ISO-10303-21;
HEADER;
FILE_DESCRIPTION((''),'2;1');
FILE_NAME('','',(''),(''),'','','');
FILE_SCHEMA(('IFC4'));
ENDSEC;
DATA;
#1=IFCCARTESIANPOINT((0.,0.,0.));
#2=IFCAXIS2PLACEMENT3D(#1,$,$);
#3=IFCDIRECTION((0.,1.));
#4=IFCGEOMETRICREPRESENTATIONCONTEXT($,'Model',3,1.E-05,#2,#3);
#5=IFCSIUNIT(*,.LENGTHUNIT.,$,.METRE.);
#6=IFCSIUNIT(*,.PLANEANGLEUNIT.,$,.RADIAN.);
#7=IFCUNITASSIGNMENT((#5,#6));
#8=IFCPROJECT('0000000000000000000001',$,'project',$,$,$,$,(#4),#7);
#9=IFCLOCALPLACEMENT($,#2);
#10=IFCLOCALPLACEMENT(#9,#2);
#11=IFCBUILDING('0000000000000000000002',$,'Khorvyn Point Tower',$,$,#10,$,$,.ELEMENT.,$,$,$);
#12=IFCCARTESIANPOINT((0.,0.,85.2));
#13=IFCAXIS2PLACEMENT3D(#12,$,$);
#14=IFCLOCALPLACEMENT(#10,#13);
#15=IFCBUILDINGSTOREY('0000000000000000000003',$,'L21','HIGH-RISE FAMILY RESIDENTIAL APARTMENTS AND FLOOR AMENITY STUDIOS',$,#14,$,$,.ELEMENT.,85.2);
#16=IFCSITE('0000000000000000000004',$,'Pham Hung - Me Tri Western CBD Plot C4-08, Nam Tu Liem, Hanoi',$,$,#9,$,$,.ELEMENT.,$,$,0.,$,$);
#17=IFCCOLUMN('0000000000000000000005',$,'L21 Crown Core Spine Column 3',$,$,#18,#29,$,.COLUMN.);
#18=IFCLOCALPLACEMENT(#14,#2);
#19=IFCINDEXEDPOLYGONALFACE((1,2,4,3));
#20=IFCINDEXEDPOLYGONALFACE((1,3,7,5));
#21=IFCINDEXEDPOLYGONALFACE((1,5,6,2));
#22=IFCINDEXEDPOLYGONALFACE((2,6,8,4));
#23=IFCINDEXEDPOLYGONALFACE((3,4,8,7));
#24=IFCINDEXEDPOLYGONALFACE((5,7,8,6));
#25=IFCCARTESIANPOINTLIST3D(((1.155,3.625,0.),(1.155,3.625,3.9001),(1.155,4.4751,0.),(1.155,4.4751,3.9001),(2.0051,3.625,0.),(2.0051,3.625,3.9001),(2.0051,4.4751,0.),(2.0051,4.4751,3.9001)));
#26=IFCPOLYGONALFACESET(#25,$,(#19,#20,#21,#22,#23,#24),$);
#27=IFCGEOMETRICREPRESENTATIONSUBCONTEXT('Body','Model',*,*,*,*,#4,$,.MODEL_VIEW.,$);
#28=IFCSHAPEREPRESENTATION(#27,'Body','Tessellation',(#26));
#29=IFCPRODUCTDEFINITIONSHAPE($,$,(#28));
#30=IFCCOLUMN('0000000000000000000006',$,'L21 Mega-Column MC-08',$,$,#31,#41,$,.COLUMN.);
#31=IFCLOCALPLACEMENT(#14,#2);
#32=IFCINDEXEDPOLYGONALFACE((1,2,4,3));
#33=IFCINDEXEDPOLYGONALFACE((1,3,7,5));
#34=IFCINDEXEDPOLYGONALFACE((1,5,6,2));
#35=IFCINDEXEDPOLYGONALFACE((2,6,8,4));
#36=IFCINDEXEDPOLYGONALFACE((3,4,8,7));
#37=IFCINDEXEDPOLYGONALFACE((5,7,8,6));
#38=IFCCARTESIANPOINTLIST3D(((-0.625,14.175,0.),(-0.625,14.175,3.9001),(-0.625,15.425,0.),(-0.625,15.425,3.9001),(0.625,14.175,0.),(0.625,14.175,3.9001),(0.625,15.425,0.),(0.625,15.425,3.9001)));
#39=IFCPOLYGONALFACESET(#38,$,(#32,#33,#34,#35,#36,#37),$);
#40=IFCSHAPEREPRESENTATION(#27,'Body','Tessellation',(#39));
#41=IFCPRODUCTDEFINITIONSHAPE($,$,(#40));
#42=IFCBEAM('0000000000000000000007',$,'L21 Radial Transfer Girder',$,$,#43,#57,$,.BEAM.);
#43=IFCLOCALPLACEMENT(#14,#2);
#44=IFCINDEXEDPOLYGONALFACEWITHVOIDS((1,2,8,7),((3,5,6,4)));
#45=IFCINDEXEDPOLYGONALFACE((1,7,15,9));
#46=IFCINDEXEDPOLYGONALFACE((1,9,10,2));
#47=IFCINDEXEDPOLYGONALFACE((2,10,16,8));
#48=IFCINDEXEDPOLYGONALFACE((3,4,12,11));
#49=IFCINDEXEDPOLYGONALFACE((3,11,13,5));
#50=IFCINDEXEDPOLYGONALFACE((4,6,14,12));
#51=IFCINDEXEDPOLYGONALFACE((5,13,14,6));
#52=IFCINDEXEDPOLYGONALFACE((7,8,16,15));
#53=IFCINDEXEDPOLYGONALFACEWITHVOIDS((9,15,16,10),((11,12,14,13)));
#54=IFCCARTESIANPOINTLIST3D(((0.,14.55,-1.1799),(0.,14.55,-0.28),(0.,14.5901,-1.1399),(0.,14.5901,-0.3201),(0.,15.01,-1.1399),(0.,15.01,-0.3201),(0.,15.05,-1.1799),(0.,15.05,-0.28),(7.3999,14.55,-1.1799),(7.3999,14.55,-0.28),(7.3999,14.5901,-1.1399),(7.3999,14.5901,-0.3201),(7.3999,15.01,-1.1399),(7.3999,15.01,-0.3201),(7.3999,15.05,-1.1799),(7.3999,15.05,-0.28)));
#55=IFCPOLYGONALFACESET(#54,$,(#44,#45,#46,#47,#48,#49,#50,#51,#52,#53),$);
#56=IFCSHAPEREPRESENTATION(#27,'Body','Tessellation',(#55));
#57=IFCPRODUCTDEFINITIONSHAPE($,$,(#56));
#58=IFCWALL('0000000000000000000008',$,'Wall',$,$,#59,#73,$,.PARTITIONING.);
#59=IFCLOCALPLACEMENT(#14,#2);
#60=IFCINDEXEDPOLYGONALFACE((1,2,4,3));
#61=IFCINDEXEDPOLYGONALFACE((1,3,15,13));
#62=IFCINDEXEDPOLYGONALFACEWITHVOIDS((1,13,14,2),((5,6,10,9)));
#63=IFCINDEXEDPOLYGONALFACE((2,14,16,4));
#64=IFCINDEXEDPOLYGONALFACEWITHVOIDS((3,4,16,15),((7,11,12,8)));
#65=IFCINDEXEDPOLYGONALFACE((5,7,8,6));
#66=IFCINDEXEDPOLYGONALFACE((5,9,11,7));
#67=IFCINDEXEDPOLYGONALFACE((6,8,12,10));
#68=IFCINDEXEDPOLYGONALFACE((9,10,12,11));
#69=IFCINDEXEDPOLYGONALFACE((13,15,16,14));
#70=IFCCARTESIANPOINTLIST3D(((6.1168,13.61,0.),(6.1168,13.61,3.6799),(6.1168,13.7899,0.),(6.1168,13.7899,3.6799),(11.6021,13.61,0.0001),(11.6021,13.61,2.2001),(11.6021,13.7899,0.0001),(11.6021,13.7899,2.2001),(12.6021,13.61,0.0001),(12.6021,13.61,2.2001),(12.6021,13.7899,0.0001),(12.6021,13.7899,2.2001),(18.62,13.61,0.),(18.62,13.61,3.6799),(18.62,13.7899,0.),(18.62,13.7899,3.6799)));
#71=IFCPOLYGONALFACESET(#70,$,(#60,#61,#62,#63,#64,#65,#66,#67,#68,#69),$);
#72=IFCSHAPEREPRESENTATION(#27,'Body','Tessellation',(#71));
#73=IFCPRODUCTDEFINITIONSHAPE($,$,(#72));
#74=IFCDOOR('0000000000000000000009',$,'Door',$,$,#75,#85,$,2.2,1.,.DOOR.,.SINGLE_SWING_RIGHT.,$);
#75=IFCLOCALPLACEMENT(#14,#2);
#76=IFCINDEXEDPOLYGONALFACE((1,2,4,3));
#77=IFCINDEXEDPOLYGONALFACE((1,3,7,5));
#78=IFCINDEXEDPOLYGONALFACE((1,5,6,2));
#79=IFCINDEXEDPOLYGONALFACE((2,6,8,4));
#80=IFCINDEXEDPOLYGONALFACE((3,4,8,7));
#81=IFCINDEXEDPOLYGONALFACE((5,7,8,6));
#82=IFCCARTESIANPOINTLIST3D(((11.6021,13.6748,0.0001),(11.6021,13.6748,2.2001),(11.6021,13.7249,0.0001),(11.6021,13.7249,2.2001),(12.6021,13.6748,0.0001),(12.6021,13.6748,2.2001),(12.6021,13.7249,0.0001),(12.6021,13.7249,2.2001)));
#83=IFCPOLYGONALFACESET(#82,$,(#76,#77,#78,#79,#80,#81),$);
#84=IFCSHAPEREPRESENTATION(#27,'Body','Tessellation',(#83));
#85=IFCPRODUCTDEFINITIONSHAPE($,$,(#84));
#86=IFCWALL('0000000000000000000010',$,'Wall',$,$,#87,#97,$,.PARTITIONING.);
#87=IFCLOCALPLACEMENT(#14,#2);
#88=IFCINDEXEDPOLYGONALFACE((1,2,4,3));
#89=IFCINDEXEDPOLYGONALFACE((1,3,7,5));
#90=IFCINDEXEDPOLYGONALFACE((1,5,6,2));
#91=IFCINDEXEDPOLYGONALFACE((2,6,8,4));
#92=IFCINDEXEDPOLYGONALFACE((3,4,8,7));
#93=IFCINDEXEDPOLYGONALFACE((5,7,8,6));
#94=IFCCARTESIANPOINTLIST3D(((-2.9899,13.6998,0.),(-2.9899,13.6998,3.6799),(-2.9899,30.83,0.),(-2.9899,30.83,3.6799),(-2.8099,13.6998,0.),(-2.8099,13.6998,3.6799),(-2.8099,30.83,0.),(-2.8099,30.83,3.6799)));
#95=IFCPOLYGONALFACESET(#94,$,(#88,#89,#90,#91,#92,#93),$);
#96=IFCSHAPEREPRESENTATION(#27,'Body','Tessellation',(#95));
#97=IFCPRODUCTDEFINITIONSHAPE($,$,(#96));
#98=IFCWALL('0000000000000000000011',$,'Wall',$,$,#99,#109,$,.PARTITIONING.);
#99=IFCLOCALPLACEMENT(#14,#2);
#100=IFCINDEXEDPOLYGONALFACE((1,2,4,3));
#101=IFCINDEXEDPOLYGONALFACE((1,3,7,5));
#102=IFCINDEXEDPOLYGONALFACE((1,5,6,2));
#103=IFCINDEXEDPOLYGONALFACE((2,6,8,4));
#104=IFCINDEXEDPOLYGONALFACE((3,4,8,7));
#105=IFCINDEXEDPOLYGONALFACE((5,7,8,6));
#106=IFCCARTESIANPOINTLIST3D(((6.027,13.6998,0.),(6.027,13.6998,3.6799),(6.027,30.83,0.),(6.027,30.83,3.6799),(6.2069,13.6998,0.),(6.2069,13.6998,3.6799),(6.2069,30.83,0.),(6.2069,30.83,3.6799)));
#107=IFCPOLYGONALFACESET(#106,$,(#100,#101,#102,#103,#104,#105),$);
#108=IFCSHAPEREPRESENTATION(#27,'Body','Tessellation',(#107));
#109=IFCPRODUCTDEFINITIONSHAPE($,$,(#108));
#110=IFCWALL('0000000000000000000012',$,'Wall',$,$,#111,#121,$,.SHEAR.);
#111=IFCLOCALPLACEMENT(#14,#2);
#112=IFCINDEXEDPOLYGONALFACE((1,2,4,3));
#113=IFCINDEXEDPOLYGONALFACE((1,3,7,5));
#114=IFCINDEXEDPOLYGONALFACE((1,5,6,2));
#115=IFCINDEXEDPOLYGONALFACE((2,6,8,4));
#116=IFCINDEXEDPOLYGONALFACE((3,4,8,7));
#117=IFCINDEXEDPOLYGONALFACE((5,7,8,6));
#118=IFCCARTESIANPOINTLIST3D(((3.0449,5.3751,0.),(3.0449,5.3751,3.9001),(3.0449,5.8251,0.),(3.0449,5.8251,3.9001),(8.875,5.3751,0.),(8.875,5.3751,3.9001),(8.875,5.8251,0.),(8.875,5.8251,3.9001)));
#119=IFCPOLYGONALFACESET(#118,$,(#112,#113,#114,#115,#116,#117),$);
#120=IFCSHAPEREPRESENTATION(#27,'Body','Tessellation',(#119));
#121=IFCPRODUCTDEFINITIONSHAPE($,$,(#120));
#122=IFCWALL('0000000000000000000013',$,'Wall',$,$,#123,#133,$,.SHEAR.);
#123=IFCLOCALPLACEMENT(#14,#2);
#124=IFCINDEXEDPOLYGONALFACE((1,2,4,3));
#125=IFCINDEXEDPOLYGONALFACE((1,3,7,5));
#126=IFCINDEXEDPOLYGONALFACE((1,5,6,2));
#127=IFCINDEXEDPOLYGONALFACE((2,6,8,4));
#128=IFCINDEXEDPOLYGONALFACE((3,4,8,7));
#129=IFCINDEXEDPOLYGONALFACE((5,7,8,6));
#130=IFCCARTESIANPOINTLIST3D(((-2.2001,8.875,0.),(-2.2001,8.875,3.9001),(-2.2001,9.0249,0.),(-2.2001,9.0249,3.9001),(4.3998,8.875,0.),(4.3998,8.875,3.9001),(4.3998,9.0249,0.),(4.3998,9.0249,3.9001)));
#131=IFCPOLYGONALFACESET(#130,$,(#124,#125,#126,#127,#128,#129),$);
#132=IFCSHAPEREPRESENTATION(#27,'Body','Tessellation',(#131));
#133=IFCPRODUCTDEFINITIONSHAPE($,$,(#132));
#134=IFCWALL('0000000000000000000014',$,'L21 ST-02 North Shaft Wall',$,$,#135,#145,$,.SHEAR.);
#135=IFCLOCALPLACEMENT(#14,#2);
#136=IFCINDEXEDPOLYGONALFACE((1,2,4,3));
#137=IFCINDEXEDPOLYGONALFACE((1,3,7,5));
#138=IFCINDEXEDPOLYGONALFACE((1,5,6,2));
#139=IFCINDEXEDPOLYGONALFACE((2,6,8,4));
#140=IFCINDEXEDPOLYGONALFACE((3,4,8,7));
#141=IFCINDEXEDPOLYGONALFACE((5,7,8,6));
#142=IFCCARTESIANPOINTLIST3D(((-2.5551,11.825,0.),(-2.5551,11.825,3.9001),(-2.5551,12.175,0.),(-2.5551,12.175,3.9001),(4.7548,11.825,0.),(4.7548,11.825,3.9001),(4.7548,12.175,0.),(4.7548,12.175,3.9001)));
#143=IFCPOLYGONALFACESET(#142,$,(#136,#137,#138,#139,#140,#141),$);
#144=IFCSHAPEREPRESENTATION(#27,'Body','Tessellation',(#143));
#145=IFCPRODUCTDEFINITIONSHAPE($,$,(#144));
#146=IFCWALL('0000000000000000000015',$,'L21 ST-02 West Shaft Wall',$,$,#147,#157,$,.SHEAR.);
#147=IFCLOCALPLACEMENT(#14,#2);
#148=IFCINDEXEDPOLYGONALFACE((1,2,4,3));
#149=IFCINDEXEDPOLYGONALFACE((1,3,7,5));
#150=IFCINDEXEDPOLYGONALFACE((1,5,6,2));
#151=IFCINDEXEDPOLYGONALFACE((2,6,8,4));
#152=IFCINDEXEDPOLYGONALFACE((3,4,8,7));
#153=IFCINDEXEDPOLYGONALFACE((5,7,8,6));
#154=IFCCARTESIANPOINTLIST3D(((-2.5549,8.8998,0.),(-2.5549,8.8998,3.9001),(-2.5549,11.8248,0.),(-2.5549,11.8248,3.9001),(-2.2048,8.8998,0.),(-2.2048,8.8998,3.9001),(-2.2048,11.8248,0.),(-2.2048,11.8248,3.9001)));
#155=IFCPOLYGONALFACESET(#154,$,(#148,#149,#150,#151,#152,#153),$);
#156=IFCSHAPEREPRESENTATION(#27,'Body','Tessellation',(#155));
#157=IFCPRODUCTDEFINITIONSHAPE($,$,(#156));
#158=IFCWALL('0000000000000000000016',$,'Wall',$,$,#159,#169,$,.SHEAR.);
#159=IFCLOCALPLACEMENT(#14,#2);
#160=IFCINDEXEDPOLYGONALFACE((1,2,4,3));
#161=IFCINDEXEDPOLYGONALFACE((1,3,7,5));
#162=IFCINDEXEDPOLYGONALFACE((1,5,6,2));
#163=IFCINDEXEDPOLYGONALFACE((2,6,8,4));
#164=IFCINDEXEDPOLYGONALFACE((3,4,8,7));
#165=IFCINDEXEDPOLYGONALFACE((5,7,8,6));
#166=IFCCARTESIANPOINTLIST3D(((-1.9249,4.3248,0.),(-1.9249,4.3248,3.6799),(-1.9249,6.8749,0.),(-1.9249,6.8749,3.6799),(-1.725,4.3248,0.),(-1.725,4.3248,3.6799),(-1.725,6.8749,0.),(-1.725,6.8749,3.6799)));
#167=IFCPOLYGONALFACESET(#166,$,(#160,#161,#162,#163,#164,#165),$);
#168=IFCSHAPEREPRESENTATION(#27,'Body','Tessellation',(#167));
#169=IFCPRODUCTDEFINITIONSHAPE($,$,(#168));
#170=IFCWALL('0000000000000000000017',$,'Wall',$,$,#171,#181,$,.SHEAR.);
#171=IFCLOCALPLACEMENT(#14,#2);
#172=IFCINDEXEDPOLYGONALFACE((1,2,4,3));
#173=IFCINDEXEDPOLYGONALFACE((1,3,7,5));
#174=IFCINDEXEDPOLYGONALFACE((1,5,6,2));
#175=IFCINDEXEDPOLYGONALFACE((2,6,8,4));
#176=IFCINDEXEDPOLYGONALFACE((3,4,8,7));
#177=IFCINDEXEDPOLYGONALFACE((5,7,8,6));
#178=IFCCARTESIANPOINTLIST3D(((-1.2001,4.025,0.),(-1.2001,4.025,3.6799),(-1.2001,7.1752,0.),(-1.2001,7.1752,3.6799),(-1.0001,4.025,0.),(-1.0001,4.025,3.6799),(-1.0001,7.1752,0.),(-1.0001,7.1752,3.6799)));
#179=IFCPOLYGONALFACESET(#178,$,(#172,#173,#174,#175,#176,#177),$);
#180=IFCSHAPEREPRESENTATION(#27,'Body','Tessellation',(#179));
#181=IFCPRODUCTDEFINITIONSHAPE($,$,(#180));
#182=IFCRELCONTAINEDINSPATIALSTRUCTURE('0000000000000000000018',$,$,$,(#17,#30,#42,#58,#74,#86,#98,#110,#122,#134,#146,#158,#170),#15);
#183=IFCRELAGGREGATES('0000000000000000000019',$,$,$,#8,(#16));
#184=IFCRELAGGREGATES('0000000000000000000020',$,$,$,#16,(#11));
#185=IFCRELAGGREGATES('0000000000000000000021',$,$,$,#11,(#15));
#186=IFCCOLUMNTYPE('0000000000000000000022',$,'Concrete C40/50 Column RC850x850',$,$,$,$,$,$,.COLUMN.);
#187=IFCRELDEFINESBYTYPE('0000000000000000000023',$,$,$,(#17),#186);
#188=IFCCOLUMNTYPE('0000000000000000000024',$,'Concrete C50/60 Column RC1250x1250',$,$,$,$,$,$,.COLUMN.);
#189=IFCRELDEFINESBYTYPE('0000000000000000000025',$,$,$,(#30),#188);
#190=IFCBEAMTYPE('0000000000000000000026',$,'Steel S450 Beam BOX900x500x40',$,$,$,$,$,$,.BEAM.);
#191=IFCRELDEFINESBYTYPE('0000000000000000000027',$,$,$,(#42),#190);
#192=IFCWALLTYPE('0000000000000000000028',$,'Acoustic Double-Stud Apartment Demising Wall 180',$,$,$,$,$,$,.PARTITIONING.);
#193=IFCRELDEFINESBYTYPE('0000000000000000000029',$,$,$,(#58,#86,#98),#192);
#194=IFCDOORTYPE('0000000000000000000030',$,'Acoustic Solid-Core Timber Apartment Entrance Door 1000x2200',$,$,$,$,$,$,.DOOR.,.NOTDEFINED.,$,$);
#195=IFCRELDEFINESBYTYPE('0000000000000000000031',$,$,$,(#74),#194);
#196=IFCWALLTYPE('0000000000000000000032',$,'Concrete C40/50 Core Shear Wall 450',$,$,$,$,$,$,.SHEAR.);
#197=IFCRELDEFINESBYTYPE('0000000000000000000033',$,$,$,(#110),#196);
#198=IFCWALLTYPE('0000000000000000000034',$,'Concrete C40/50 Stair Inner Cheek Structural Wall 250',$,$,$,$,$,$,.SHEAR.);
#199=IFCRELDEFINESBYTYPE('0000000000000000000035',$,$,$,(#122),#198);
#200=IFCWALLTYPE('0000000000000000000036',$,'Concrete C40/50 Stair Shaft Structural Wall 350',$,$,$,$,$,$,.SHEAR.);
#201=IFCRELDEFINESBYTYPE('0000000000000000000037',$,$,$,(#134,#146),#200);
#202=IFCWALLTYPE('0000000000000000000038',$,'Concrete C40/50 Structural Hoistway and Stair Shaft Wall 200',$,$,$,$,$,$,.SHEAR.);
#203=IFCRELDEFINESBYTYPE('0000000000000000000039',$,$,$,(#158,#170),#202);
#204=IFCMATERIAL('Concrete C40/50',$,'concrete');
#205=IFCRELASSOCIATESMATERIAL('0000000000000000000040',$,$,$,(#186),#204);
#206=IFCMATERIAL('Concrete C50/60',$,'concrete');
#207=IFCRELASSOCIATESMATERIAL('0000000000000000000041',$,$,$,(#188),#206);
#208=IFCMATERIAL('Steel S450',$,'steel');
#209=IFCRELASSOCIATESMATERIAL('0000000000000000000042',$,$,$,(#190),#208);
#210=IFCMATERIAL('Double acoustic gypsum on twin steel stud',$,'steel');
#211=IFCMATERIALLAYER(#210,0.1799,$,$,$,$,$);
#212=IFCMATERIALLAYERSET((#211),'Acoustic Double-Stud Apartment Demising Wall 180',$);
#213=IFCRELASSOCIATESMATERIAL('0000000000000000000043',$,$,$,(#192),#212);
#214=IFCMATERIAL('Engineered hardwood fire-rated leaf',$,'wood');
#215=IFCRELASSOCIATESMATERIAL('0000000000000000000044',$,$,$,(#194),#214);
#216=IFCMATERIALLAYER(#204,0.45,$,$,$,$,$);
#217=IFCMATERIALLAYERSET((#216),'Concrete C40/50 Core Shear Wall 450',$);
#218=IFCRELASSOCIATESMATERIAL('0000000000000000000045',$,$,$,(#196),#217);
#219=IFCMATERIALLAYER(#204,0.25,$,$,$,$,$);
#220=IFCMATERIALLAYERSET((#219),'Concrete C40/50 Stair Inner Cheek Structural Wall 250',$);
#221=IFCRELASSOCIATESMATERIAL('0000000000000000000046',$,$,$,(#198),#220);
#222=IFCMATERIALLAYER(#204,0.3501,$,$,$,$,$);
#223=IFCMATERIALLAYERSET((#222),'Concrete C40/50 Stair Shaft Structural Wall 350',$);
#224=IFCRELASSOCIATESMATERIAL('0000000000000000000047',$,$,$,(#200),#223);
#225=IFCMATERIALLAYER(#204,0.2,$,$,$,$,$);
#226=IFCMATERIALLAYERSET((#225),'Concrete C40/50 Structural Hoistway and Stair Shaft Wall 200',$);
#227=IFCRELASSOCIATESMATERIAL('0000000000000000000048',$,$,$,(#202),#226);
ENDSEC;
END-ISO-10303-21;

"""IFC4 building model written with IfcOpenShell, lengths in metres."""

from ifc_helpers import new_model, si_unit, direction, frame, frame_2d, origin, origin_2d, place, context, subcontext, project, spatial, rectangle, hollow_rectangle, extrude, material, layer, layer_set, material_profile, profile_set, type_object, element, fill, save


model = new_model("IFC4")

# Units and contexts
model_context = context("Model", 3, precision=1e-05, world=origin(), true_north=direction((0.0, 1.0)))
body_context = subcontext(model_context, "Body", "Model", "MODEL_VIEW")
ifc_project = project(units=[si_unit("LENGTHUNIT", "METRE"), si_unit("PLANEANGLEUNIT", "RADIAN")], contexts=[model_context])

# Site, building, storey
site_placement = place(None, origin())
site = spatial("IfcSite", under=ifc_project, at=site_placement, Name="Pham Hung - Me Tri Western CBD Plot C4-08, Nam Tu Liem, Hanoi", CompositionType="ELEMENT", RefElevation=0.0)
building_placement = place(site_placement, origin())
building = spatial("IfcBuilding", under=site, at=building_placement, Name="Khorvyn Point Tower", CompositionType="ELEMENT")
storey_placement = place(building_placement, frame((0.0, 0.0, 85.2)))
storey = spatial("IfcBuildingStorey", under=building, at=storey_placement, Name="L21", Description="HIGH-RISE FAMILY RESIDENTIAL APARTMENTS AND FLOOR AMENITY STUDIOS", CompositionType="ELEMENT", Elevation=85.2)

# Columns
ifc_material_1 = material(Name="Concrete C40/50", Category="concrete")
ifc_material_profile_1 = material_profile(ifc_material_1, rectangle(XDim=0.8501, YDim=0.8501, at=origin_2d()))
ifc_profile_set_1 = profile_set([ifc_material_profile_1], Name="Concrete C40/50 RC850x850")
column_type_1 = type_object("IfcColumnType", Name="Concrete C40/50 Column RC850x850", PredefinedType="COLUMN", material=ifc_profile_set_1)
column_1_placement = place(storey_placement, frame((1.5801, 4.05, 0.0), z_axis=(0.0, 0.0, 1.0), x_axis=(1.0, 0.0, 0.0)))
element("IfcColumn", 1, at=column_1_placement, inside=storey, type_object=column_type_1, Name="L21 Crown Core Spine Column 3", PredefinedType="COLUMN", context=body_context, shape_type="SweptSolid", body=[
    extrude(rectangle(XDim=0.8501, YDim=0.8501, at=origin_2d()), origin(), (0.0, 0.0, 1.0), 3.9001),
])
ifc_material_2 = material(Name="Concrete C50/60", Category="concrete")
ifc_material_profile_2 = material_profile(ifc_material_2, rectangle(XDim=1.25, YDim=1.25, at=origin_2d()))
ifc_profile_set_2 = profile_set([ifc_material_profile_2], Name="Concrete C50/60 RC1250x1250")
column_type_2 = type_object("IfcColumnType", Name="Concrete C50/60 Column RC1250x1250", PredefinedType="COLUMN", material=ifc_profile_set_2)
column_2_placement = place(storey_placement, frame((0.0, 14.8, 0.0), z_axis=(0.0, 0.0, 1.0), x_axis=(1.0, 0.0, 0.0)))
element("IfcColumn", 2, at=column_2_placement, inside=storey, type_object=column_type_2, Name="L21 Mega-Column MC-08", PredefinedType="COLUMN", context=body_context, shape_type="SweptSolid", body=[
    extrude(rectangle(XDim=1.25, YDim=1.25, at=origin_2d()), origin(), (0.0, 0.0, 1.0), 3.9001),
])

# Beam
ifc_material_3 = material(Name="Steel S450", Category="steel")
ifc_material_profile_3 = material_profile(ifc_material_3, hollow_rectangle(XDim=0.5, YDim=0.8999, WallThickness=0.04, at=origin_2d()))
ifc_profile_set_3 = profile_set([ifc_material_profile_3], Name="Steel S450 BOX900x500x40")
beam_type = type_object("IfcBeamType", Name="Steel S450 Beam BOX900x500x40", PredefinedType="BEAM", material=ifc_profile_set_3)
beam_placement = place(storey_placement, frame((0.0, 14.8, -0.73), z_axis=(1.0, 0.0, 0.0), x_axis=(0.0, 1.0, 0.0)))
element("IfcBeam", 3, at=beam_placement, inside=storey, type_object=beam_type, Name="L21 Radial Transfer Girder", PredefinedType="BEAM", context=body_context, shape_type="SweptSolid", body=[
    extrude(hollow_rectangle(XDim=0.5, YDim=0.8999, WallThickness=0.04, at=origin_2d()), origin(), (0.0, 0.0, 1.0), 7.3999),
])

# Wall, opening, door
ifc_material_4 = material(Name="Double acoustic gypsum on twin steel stud", Category="steel")
ifc_layer_1 = layer(ifc_material_4, 0.1799)
ifc_layer_set_1 = layer_set([ifc_layer_1], Name="Acoustic Double-Stud Apartment Demising Wall 180")
wall_type_1 = type_object("IfcWallType", Name="Acoustic Double-Stud Apartment Demising Wall 180", PredefinedType="PARTITIONING", material=ifc_layer_set_1)
wall_1_placement = place(storey_placement, frame((6.1169, 13.7, 0.0), z_axis=(0.0, 0.0, 1.0), x_axis=(1.0, 0.0, 0.0)))
wall_1 = element("IfcWall", 4, at=wall_1_placement, inside=storey, type_object=wall_type_1, Name="Wall", PredefinedType="PARTITIONING", context=body_context, shape_type="SweptSolid", body=[
    extrude(rectangle(XDim=12.5032, YDim=0.1799, at=frame_2d((6.2515, 0.0))), origin(), (0.0, 0.0, 1.0), 3.6799),
])
opening_1_placement = place(wall_1_placement, frame((5.4851, 0.0, 0.0)))
opening_1 = element("IfcOpeningElement", 5, at=opening_1_placement, cuts=wall_1, PredefinedType="OPENING", context=body_context, shape_type="SweptSolid", body=[
    extrude(rectangle(XDim=1.0, YDim=2.2, at=frame_2d((0.5, 1.1001))), frame((0.0, 0.0999, 0.0), z_axis=(0.0, -1.0, 0.0), x_axis=(1.0, 0.0, 0.0)), (0.0, 0.0, 1.0), 0.2),
])
ifc_material_5 = material(Name="Engineered hardwood fire-rated leaf", Category="wood")
door_type_1 = type_object("IfcDoorType", Name="Acoustic Solid-Core Timber Apartment Entrance Door 1000x2200", OperationType="NOTDEFINED", PredefinedType="DOOR", material=ifc_material_5)
door_1_placement = place(opening_1_placement, origin())
door_1 = element("IfcDoor", 6, at=door_1_placement, inside=storey, type_object=door_type_1, Name="Door", OperationType="SINGLE_SWING_RIGHT", OverallHeight=2.2, OverallWidth=1.0, PredefinedType="DOOR", context=body_context, shape_type="SweptSolid", body=[
    extrude(rectangle(XDim=1.0, YDim=2.2, at=frame_2d((0.5, 1.1001))), frame((0.0, 0.0249, 0.0), z_axis=(0.0, -1.0, 0.0), x_axis=(1.0, 0.0, 0.0)), (0.0, 0.0, 1.0), 0.05),
])
fill(opening_1, door_1)

# Walls
for number, where, z_axis, x_axis, name in (
    (7, (-2.8999, 13.7, 0.0), (0.0, 0.0, 1.0), (0.0, 1.0, 0.0), "Wall"),
    (8, (6.1169, 13.7, 0.0), (0.0, 0.0, 1.0), (0.0, 1.0, 0.0), "Wall"),
):
    element("IfcWall", number, at=place(storey_placement, frame(where, z_axis=z_axis, x_axis=x_axis)), inside=storey, type_object=wall_type_1, Name=name, PredefinedType="PARTITIONING", context=body_context, shape_type="SweptSolid", body=[
        extrude(rectangle(XDim=17.1301, YDim=0.1799, at=frame_2d((8.5649, 0.0))), origin(), (0.0, 0.0, 1.0), 3.6799),
    ])
ifc_layer_2 = layer(ifc_material_1, 0.45)
ifc_layer_set_2 = layer_set([ifc_layer_2], Name="Concrete C40/50 Core Shear Wall 450")
wall_type_2 = type_object("IfcWallType", Name="Concrete C40/50 Core Shear Wall 450", PredefinedType="SHEAR", material=ifc_layer_set_2)
wall_2_placement = place(storey_placement, frame((3.0449, 5.6001, 0.0), z_axis=(0.0, 0.0, 1.0), x_axis=(1.0, 0.0, 0.0)))
element("IfcWall", 9, at=wall_2_placement, inside=storey, type_object=wall_type_2, Name="Wall", PredefinedType="SHEAR", context=body_context, shape_type="SweptSolid", body=[
    extrude(rectangle(XDim=5.8301, YDim=0.45, at=frame_2d((2.915, 0.0))), origin(), (0.0, 0.0, 1.0), 3.9001),
])

# Walls
ifc_layer_3 = layer(ifc_material_1, 0.25)
ifc_layer_set_3 = layer_set([ifc_layer_3], Name="Concrete C40/50 Stair Inner Cheek Structural Wall 250")
wall_type_3 = type_object("IfcWallType", Name="Concrete C40/50 Stair Inner Cheek Structural Wall 250", PredefinedType="SHEAR", material=ifc_layer_set_3)
wall_3_placement = place(storey_placement, frame((-2.2, 8.95, 0.0), z_axis=(0.0, 0.0, 1.0), x_axis=(1.0, 0.0, 0.0)))
element("IfcWall", 10, at=wall_3_placement, inside=storey, type_object=wall_type_3, Name="Wall", PredefinedType="SHEAR", context=body_context, shape_type="SweptSolid", body=[
    extrude(rectangle(XDim=6.5999, YDim=0.1499, at=frame_2d((3.2998, 0.0))), origin(), (0.0, 0.0, 1.0), 3.9001),
])
ifc_layer_4 = layer(ifc_material_1, 0.3501)
ifc_layer_set_4 = layer_set([ifc_layer_4], Name="Concrete C40/50 Stair Shaft Structural Wall 350")
wall_type_4 = type_object("IfcWallType", Name="Concrete C40/50 Stair Shaft Structural Wall 350", PredefinedType="SHEAR", material=ifc_layer_set_4)
wall_4_placement = place(storey_placement, frame((-2.5549, 12.0, 0.0), z_axis=(0.0, 0.0, 1.0), x_axis=(1.0, 0.0, 0.0)))
element("IfcWall", 11, at=wall_4_placement, inside=storey, type_object=wall_type_4, Name="L21 ST-02 North Shaft Wall", PredefinedType="SHEAR", context=body_context, shape_type="SweptSolid", body=[
    extrude(rectangle(XDim=7.3098, YDim=0.3501, at=frame_2d((3.6548, 0.0))), origin(), (0.0, 0.0, 1.0), 3.9001),
])
wall_5_placement = place(storey_placement, frame((-2.3799, 8.8999, 0.0), z_axis=(0.0, 0.0, 1.0), x_axis=(0.0, 1.0, 0.0)))
element("IfcWall", 12, at=wall_5_placement, inside=storey, type_object=wall_type_4, Name="L21 ST-02 West Shaft Wall", PredefinedType="SHEAR", context=body_context, shape_type="SweptSolid", body=[
    extrude(rectangle(XDim=2.925, YDim=0.3501, at=frame_2d((1.4624, 0.0))), origin(), (0.0, 0.0, 1.0), 3.9001),
])

# Walls
ifc_layer_5 = layer(ifc_material_1, 0.2)
ifc_layer_set_5 = layer_set([ifc_layer_5], Name="Concrete C40/50 Structural Hoistway and Stair Shaft Wall 200")
wall_type_5 = type_object("IfcWallType", Name="Concrete C40/50 Structural Hoistway and Stair Shaft Wall 200", PredefinedType="SHEAR", material=ifc_layer_set_5)
wall_6_placement = place(storey_placement, frame((-1.825, 4.325, 0.0), z_axis=(0.0, 0.0, 1.0), x_axis=(0.0, 1.0, 0.0)))
element("IfcWall", 13, at=wall_6_placement, inside=storey, type_object=wall_type_5, Name="Wall", PredefinedType="SHEAR", context=body_context, shape_type="SweptSolid", body=[
    extrude(rectangle(XDim=2.55, YDim=0.2, at=frame_2d((1.2749, 0.0))), origin(), (0.0, 0.0, 1.0), 3.6799),
])
wall_7_placement = place(storey_placement, frame((-1.1001, 4.0249, 0.0), z_axis=(0.0, 0.0, 1.0), x_axis=(0.0, 1.0, 0.0)))
element("IfcWall", 14, at=wall_7_placement, inside=storey, type_object=wall_type_5, Name="Wall", PredefinedType="SHEAR", context=body_context, shape_type="SweptSolid", body=[
    extrude(rectangle(XDim=3.1501, YDim=0.2, at=frame_2d((1.5752, 0.0))), origin(), (0.0, 0.0, 1.0), 3.6799),
])

save(model, "model.ifc")
